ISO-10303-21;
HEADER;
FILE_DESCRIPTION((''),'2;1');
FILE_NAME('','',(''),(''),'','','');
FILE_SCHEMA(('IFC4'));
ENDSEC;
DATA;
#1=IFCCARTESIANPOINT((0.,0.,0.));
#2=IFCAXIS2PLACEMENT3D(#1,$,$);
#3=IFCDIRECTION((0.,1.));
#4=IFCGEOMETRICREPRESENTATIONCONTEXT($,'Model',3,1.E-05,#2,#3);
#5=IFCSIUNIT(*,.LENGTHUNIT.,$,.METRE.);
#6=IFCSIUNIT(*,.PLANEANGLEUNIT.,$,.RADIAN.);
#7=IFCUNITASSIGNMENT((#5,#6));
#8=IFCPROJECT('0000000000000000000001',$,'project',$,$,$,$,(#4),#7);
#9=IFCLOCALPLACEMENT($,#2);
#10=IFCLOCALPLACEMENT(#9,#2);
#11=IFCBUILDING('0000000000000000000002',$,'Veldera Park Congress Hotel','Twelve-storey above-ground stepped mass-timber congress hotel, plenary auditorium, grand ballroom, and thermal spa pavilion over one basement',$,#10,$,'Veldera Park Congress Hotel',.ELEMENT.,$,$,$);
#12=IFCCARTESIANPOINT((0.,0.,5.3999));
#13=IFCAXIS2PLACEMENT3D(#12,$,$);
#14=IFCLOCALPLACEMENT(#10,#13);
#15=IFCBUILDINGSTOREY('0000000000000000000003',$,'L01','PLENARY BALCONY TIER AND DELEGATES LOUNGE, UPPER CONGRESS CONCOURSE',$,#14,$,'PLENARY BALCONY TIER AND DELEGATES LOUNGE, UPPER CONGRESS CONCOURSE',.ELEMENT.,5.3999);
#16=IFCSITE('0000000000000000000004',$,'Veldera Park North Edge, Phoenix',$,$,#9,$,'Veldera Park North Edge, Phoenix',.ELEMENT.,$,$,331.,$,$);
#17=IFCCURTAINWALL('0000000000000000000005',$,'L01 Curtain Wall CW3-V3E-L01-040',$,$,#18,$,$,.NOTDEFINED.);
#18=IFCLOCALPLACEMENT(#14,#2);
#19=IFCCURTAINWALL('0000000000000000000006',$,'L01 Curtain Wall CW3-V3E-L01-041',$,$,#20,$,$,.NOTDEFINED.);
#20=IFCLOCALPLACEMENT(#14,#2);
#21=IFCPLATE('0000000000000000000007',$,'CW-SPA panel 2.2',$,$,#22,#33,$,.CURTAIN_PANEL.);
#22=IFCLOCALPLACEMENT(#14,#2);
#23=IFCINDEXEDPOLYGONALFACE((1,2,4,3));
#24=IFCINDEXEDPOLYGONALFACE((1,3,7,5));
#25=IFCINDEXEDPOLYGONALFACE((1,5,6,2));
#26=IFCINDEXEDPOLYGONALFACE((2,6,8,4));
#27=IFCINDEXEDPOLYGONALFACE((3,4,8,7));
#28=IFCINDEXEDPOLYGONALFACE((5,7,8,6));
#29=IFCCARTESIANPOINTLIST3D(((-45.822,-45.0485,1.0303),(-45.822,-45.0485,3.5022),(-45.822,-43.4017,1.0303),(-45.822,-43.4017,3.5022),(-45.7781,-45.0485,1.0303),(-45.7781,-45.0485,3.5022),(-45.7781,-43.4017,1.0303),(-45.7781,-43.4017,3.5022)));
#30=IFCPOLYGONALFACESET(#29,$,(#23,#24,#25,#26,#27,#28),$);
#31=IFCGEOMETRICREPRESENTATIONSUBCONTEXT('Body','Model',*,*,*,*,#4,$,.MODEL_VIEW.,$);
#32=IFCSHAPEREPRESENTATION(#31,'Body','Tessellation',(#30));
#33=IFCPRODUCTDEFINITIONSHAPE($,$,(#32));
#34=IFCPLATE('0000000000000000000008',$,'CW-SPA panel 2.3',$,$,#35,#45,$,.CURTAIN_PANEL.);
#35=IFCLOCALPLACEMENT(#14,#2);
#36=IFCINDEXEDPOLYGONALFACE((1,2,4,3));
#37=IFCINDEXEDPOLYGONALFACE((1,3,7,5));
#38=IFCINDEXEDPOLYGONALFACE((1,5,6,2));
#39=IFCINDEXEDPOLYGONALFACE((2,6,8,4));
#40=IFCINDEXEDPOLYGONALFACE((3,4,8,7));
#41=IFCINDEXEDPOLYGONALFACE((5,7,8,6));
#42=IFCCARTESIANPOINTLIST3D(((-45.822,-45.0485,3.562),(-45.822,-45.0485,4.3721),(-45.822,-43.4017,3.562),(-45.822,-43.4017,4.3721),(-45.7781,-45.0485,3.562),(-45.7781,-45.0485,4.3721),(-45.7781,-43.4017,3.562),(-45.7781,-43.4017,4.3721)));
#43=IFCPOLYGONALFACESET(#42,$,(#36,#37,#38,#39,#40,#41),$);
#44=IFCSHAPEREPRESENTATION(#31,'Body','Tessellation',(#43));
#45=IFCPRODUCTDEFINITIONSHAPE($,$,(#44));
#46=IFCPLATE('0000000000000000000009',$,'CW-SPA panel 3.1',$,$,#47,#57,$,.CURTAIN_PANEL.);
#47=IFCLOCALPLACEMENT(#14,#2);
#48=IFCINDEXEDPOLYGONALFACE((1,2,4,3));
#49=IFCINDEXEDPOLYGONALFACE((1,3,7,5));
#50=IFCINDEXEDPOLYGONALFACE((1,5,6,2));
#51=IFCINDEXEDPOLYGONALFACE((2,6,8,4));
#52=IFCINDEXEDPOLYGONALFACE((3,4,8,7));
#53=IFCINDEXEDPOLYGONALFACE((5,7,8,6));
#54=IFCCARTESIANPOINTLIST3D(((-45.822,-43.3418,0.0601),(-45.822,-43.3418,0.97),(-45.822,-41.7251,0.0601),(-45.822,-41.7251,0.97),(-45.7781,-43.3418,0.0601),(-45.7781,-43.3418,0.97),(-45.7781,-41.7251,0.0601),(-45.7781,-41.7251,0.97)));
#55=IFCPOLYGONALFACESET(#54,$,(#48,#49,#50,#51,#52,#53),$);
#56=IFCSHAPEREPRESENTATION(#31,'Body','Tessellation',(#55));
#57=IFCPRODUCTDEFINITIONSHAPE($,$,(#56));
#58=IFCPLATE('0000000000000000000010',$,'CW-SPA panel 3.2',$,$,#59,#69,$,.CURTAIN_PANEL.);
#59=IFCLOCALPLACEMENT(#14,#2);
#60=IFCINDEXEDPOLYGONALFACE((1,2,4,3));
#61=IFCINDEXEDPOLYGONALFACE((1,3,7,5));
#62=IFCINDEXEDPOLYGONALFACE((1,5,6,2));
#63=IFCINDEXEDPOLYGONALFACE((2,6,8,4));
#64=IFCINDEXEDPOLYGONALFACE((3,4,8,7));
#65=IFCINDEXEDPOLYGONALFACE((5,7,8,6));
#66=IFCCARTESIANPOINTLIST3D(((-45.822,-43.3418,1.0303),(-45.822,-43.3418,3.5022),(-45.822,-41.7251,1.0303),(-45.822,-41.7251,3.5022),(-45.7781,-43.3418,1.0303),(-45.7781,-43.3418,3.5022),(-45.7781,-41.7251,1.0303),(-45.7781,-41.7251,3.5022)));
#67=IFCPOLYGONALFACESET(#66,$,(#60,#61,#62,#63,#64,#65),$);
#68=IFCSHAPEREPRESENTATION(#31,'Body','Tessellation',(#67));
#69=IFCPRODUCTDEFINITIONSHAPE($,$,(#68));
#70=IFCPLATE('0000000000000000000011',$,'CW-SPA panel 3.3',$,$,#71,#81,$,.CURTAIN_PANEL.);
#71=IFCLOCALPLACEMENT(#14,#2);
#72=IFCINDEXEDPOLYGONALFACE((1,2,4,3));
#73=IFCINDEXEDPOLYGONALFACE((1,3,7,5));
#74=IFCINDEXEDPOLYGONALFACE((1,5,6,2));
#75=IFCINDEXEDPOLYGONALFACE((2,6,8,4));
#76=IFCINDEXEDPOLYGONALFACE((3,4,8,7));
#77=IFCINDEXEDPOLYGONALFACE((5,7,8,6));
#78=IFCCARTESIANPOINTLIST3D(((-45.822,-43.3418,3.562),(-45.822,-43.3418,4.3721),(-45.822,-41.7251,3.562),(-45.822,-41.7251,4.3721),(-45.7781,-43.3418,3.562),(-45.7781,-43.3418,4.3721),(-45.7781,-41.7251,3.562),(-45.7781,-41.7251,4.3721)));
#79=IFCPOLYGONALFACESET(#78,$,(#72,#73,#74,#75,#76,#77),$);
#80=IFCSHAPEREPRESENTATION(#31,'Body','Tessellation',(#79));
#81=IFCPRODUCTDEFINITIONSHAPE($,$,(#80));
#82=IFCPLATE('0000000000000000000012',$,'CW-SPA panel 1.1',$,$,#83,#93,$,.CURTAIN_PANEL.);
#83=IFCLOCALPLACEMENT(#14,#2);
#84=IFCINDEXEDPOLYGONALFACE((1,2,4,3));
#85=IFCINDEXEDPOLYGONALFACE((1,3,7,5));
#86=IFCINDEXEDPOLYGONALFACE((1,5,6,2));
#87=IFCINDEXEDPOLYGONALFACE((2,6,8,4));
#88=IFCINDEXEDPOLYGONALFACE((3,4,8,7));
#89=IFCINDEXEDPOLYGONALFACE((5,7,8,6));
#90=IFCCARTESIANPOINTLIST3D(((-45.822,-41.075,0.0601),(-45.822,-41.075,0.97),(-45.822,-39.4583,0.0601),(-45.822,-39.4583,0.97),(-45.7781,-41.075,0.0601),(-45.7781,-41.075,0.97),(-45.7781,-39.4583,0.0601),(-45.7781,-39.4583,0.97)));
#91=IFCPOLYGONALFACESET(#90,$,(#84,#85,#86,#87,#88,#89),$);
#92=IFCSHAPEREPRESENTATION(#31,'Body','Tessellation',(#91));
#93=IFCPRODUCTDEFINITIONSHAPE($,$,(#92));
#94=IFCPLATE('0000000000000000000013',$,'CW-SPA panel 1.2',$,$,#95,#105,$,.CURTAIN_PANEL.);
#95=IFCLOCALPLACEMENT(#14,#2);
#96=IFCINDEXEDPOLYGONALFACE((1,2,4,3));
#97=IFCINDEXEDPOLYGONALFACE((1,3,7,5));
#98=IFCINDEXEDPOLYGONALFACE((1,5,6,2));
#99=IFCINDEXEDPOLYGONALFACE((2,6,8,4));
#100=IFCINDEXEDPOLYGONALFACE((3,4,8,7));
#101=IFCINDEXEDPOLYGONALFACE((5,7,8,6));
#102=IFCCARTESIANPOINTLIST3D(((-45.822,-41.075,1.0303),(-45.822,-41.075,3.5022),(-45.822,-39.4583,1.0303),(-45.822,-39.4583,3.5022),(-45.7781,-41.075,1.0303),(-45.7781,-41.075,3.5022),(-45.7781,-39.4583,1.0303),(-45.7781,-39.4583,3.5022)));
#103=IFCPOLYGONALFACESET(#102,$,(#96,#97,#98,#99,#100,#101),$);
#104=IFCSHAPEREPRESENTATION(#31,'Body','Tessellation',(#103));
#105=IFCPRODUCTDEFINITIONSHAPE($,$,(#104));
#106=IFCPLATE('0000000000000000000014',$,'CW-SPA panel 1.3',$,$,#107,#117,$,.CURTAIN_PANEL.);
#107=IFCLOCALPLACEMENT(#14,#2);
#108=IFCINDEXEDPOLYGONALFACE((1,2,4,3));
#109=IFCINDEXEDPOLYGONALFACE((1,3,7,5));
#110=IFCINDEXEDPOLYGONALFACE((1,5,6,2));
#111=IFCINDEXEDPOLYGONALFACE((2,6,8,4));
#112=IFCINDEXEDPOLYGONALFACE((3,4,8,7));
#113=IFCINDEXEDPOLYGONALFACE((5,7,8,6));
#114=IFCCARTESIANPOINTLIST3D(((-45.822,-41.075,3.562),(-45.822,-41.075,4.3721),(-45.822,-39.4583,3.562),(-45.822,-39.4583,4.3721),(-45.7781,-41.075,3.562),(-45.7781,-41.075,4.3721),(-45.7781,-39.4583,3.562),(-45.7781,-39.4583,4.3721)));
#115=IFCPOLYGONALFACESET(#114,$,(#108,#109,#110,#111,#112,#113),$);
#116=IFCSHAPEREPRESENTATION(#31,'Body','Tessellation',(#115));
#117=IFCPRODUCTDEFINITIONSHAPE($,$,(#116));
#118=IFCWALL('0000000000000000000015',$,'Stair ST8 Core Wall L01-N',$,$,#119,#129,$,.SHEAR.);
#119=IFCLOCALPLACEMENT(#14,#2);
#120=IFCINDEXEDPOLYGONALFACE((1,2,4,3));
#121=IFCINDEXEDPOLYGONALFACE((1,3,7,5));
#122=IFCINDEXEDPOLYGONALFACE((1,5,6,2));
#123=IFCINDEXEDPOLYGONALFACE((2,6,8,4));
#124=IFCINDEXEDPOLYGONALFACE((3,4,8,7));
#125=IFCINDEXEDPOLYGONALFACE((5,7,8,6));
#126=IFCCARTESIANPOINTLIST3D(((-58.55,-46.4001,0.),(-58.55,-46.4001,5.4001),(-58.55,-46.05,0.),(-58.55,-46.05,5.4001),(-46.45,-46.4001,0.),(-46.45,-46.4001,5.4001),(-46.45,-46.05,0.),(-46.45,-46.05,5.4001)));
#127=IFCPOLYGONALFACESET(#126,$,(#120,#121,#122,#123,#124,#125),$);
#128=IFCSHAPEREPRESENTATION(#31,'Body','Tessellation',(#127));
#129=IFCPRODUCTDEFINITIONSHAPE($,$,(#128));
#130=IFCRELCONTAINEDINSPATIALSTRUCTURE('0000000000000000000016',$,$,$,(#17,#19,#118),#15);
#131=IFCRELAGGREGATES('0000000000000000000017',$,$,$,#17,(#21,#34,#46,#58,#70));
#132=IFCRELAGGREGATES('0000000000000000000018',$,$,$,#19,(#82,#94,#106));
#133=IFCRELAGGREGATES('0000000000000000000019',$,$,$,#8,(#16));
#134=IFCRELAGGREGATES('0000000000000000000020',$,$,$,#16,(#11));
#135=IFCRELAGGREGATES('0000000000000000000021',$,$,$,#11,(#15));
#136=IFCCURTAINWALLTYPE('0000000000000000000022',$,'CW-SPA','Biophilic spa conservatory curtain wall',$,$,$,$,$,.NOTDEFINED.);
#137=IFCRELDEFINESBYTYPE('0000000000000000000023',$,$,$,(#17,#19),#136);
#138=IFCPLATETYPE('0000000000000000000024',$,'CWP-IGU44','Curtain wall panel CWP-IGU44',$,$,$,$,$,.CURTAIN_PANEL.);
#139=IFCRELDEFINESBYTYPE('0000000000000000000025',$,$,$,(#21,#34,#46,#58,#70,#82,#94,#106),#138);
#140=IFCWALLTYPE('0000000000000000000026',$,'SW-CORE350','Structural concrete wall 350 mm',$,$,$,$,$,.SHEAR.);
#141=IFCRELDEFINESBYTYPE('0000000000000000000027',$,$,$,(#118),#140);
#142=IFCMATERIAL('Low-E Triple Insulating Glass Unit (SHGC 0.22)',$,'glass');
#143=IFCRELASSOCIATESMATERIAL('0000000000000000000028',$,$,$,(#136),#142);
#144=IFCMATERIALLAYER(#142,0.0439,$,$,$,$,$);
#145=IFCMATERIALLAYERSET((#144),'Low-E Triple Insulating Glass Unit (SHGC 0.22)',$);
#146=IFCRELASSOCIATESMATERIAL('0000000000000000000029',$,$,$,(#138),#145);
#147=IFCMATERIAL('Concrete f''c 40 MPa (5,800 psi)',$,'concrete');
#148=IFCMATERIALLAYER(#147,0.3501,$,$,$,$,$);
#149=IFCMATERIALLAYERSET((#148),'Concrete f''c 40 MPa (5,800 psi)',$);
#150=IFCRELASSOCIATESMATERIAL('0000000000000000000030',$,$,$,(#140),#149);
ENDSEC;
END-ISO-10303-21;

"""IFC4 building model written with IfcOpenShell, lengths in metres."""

from ifc_helpers import new_model, si_unit, direction, frame, frame_2d, origin, origin_2d, place, context, subcontext, project, spatial, rectangle, extrude, material, layer, layer_set, type_object, element, aggregate, save


model = new_model("IFC4")

# Units and contexts
model_context = context("Model", 3, precision=1e-05, world=origin(), true_north=direction((0.0, 1.0)))
body_context = subcontext(model_context, "Body", "Model", "MODEL_VIEW")
ifc_project = project(units=[si_unit("LENGTHUNIT", "METRE"), si_unit("PLANEANGLEUNIT", "RADIAN")], contexts=[model_context])

# Site, building, storey
site_placement = place(None, origin())
site = spatial("IfcSite", under=ifc_project, at=site_placement, Name="Veldera Park North Edge, Phoenix", LongName="Veldera Park North Edge, Phoenix", CompositionType="ELEMENT", RefElevation=331.0)
building_placement = place(site_placement, origin())
building = spatial("IfcBuilding", under=site, at=building_placement, Name="Veldera Park Congress Hotel", Description="Twelve-storey above-ground stepped mass-timber congress hotel, plenary auditorium, grand ballroom, and thermal spa pavilion over one basement", LongName="Veldera Park Congress Hotel", CompositionType="ELEMENT")
storey_placement = place(building_placement, frame((0.0, 0.0, 5.3999)))
storey = spatial("IfcBuildingStorey", under=building, at=storey_placement, Name="L01", Description="PLENARY BALCONY TIER AND DELEGATES LOUNGE, UPPER CONGRESS CONCOURSE", LongName="PLENARY BALCONY TIER AND DELEGATES LOUNGE, UPPER CONGRESS CONCOURSE", CompositionType="ELEMENT", Elevation=5.3999)

# Shared definitions
ifc_material_1 = material(Name="Low-E Triple Insulating Glass Unit (SHGC 0.22)", Category="glass")
curtain_wall_type = type_object("IfcCurtainWallType", Name="CW-SPA", Description="Biophilic spa conservatory curtain wall", PredefinedType="NOTDEFINED", material=ifc_material_1)

# Curtain wall
curtain_wall_1_placement = place(storey_placement, origin())
curtain_wall_1 = element("IfcCurtainWall", 1, at=curtain_wall_1_placement, inside=storey, type_object=curtain_wall_type, Name="L01 Curtain Wall CW3-V3E-L01-040", PredefinedType="NOTDEFINED")

# Curtain wall
curtain_wall_2_placement = place(storey_placement, origin())
curtain_wall_2 = element("IfcCurtainWall", 2, at=curtain_wall_2_placement, inside=storey, type_object=curtain_wall_type, Name="L01 Curtain Wall CW3-V3E-L01-041", PredefinedType="NOTDEFINED")

# Plates
ifc_layer_1 = layer(ifc_material_1, 0.0439)
ifc_layer_set_1 = layer_set([ifc_layer_1], Name="Low-E Triple Insulating Glass Unit (SHGC 0.22)")
plate_type = type_object("IfcPlateType", Name="CWP-IGU44", Description="Curtain wall panel CWP-IGU44", PredefinedType="CURTAIN_PANEL", material=ifc_layer_set_1)
plate_1_placement = place(storey_placement, frame((-45.8, -44.2251, 1.0303), z_axis=(0.0, 0.0, 1.0), x_axis=(0.0, 1.0, 0.0)))
plate_1 = element("IfcPlate", 3, at=plate_1_placement, type_object=plate_type, Name="CW-SPA panel 2.2", PredefinedType="CURTAIN_PANEL", context=body_context, shape_type="SweptSolid", body=[
    extrude(rectangle(XDim=1.6467, YDim=0.0439, at=origin_2d()), origin(), (0.0, 0.0, 1.0), 2.4719),
])
plate_2_placement = place(storey_placement, frame((-45.8, -44.2251, 3.562), z_axis=(0.0, 0.0, 1.0), x_axis=(0.0, 1.0, 0.0)))
plate_2 = element("IfcPlate", 4, at=plate_2_placement, type_object=plate_type, Name="CW-SPA panel 2.3", PredefinedType="CURTAIN_PANEL", context=body_context, shape_type="SweptSolid", body=[
    extrude(rectangle(XDim=1.6467, YDim=0.0439, at=origin_2d()), origin(), (0.0, 0.0, 1.0), 0.8101),
])
plate_3_placement = place(storey_placement, frame((-45.8, -42.5334, 0.0601), z_axis=(0.0, 0.0, 1.0), x_axis=(0.0, 1.0, 0.0)))
plate_3 = element("IfcPlate", 5, at=plate_3_placement, type_object=plate_type, Name="CW-SPA panel 3.1", PredefinedType="CURTAIN_PANEL", context=body_context, shape_type="SweptSolid", body=[
    extrude(rectangle(XDim=1.6167, YDim=0.0439, at=origin_2d()), origin(), (0.0, 0.0, 1.0), 0.9099),
])
plate_4_placement = place(storey_placement, frame((-45.8, -42.5334, 1.0303), z_axis=(0.0, 0.0, 1.0), x_axis=(0.0, 1.0, 0.0)))
plate_4 = element("IfcPlate", 6, at=plate_4_placement, type_object=plate_type, Name="CW-SPA panel 3.2", PredefinedType="CURTAIN_PANEL", context=body_context, shape_type="SweptSolid", body=[
    extrude(rectangle(XDim=1.6167, YDim=0.0439, at=origin_2d()), origin(), (0.0, 0.0, 1.0), 2.4719),
])
plate_5_placement = place(storey_placement, frame((-45.8, -42.5334, 3.562), z_axis=(0.0, 0.0, 1.0), x_axis=(0.0, 1.0, 0.0)))
plate_5 = element("IfcPlate", 7, at=plate_5_placement, type_object=plate_type, Name="CW-SPA panel 3.3", PredefinedType="CURTAIN_PANEL", context=body_context, shape_type="SweptSolid", body=[
    extrude(rectangle(XDim=1.6167, YDim=0.0439, at=origin_2d()), origin(), (0.0, 0.0, 1.0), 0.8101),
])
aggregate(curtain_wall_1, [plate_1, plate_2, plate_3, plate_4, plate_5])
plate_6_placement = place(storey_placement, frame((-45.8, -40.2666, 0.0601), z_axis=(0.0, 0.0, 1.0), x_axis=(0.0, 1.0, 0.0)))
plate_6 = element("IfcPlate", 8, at=plate_6_placement, type_object=plate_type, Name="CW-SPA panel 1.1", PredefinedType="CURTAIN_PANEL", context=body_context, shape_type="SweptSolid", body=[
    extrude(rectangle(XDim=1.6167, YDim=0.0439, at=origin_2d()), origin(), (0.0, 0.0, 1.0), 0.9099),
])
plate_7_placement = place(storey_placement, frame((-45.8, -40.2666, 1.0303), z_axis=(0.0, 0.0, 1.0), x_axis=(0.0, 1.0, 0.0)))
plate_7 = element("IfcPlate", 9, at=plate_7_placement, type_object=plate_type, Name="CW-SPA panel 1.2", PredefinedType="CURTAIN_PANEL", context=body_context, shape_type="SweptSolid", body=[
    extrude(rectangle(XDim=1.6167, YDim=0.0439, at=origin_2d()), origin(), (0.0, 0.0, 1.0), 2.4719),
])
plate_8_placement = place(storey_placement, frame((-45.8, -40.2666, 3.562), z_axis=(0.0, 0.0, 1.0), x_axis=(0.0, 1.0, 0.0)))
plate_8 = element("IfcPlate", 10, at=plate_8_placement, type_object=plate_type, Name="CW-SPA panel 1.3", PredefinedType="CURTAIN_PANEL", context=body_context, shape_type="SweptSolid", body=[
    extrude(rectangle(XDim=1.6167, YDim=0.0439, at=origin_2d()), origin(), (0.0, 0.0, 1.0), 0.8101),
])
aggregate(curtain_wall_2, [plate_6, plate_7, plate_8])

# Wall
ifc_material_2 = material(Name="Concrete f'c 40 MPa (5,800 psi)", Category="concrete")
ifc_layer_2 = layer(ifc_material_2, 0.3501)
ifc_layer_set_2 = layer_set([ifc_layer_2], Name="Concrete f'c 40 MPa (5,800 psi)")
wall_type = type_object("IfcWallType", Name="SW-CORE350", Description="Structural concrete wall 350 mm", PredefinedType="SHEAR", material=ifc_layer_set_2)
wall_placement = place(storey_placement, frame((-46.45, -46.2251, 0.0), z_axis=(0.0, 0.0, 1.0), x_axis=(-1.0, 0.0, 0.0)))
element("IfcWall", 11, at=wall_placement, inside=storey, type_object=wall_type, Name="Stair ST8 Core Wall L01-N", PredefinedType="SHEAR", context=body_context, shape_type="SweptSolid", body=[
    extrude(rectangle(XDim=12.1001, YDim=0.3501, at=frame_2d((6.05, 0.0))), origin(), (0.0, 0.0, 1.0), 5.4001),
])

save(model, "model.ifc")
